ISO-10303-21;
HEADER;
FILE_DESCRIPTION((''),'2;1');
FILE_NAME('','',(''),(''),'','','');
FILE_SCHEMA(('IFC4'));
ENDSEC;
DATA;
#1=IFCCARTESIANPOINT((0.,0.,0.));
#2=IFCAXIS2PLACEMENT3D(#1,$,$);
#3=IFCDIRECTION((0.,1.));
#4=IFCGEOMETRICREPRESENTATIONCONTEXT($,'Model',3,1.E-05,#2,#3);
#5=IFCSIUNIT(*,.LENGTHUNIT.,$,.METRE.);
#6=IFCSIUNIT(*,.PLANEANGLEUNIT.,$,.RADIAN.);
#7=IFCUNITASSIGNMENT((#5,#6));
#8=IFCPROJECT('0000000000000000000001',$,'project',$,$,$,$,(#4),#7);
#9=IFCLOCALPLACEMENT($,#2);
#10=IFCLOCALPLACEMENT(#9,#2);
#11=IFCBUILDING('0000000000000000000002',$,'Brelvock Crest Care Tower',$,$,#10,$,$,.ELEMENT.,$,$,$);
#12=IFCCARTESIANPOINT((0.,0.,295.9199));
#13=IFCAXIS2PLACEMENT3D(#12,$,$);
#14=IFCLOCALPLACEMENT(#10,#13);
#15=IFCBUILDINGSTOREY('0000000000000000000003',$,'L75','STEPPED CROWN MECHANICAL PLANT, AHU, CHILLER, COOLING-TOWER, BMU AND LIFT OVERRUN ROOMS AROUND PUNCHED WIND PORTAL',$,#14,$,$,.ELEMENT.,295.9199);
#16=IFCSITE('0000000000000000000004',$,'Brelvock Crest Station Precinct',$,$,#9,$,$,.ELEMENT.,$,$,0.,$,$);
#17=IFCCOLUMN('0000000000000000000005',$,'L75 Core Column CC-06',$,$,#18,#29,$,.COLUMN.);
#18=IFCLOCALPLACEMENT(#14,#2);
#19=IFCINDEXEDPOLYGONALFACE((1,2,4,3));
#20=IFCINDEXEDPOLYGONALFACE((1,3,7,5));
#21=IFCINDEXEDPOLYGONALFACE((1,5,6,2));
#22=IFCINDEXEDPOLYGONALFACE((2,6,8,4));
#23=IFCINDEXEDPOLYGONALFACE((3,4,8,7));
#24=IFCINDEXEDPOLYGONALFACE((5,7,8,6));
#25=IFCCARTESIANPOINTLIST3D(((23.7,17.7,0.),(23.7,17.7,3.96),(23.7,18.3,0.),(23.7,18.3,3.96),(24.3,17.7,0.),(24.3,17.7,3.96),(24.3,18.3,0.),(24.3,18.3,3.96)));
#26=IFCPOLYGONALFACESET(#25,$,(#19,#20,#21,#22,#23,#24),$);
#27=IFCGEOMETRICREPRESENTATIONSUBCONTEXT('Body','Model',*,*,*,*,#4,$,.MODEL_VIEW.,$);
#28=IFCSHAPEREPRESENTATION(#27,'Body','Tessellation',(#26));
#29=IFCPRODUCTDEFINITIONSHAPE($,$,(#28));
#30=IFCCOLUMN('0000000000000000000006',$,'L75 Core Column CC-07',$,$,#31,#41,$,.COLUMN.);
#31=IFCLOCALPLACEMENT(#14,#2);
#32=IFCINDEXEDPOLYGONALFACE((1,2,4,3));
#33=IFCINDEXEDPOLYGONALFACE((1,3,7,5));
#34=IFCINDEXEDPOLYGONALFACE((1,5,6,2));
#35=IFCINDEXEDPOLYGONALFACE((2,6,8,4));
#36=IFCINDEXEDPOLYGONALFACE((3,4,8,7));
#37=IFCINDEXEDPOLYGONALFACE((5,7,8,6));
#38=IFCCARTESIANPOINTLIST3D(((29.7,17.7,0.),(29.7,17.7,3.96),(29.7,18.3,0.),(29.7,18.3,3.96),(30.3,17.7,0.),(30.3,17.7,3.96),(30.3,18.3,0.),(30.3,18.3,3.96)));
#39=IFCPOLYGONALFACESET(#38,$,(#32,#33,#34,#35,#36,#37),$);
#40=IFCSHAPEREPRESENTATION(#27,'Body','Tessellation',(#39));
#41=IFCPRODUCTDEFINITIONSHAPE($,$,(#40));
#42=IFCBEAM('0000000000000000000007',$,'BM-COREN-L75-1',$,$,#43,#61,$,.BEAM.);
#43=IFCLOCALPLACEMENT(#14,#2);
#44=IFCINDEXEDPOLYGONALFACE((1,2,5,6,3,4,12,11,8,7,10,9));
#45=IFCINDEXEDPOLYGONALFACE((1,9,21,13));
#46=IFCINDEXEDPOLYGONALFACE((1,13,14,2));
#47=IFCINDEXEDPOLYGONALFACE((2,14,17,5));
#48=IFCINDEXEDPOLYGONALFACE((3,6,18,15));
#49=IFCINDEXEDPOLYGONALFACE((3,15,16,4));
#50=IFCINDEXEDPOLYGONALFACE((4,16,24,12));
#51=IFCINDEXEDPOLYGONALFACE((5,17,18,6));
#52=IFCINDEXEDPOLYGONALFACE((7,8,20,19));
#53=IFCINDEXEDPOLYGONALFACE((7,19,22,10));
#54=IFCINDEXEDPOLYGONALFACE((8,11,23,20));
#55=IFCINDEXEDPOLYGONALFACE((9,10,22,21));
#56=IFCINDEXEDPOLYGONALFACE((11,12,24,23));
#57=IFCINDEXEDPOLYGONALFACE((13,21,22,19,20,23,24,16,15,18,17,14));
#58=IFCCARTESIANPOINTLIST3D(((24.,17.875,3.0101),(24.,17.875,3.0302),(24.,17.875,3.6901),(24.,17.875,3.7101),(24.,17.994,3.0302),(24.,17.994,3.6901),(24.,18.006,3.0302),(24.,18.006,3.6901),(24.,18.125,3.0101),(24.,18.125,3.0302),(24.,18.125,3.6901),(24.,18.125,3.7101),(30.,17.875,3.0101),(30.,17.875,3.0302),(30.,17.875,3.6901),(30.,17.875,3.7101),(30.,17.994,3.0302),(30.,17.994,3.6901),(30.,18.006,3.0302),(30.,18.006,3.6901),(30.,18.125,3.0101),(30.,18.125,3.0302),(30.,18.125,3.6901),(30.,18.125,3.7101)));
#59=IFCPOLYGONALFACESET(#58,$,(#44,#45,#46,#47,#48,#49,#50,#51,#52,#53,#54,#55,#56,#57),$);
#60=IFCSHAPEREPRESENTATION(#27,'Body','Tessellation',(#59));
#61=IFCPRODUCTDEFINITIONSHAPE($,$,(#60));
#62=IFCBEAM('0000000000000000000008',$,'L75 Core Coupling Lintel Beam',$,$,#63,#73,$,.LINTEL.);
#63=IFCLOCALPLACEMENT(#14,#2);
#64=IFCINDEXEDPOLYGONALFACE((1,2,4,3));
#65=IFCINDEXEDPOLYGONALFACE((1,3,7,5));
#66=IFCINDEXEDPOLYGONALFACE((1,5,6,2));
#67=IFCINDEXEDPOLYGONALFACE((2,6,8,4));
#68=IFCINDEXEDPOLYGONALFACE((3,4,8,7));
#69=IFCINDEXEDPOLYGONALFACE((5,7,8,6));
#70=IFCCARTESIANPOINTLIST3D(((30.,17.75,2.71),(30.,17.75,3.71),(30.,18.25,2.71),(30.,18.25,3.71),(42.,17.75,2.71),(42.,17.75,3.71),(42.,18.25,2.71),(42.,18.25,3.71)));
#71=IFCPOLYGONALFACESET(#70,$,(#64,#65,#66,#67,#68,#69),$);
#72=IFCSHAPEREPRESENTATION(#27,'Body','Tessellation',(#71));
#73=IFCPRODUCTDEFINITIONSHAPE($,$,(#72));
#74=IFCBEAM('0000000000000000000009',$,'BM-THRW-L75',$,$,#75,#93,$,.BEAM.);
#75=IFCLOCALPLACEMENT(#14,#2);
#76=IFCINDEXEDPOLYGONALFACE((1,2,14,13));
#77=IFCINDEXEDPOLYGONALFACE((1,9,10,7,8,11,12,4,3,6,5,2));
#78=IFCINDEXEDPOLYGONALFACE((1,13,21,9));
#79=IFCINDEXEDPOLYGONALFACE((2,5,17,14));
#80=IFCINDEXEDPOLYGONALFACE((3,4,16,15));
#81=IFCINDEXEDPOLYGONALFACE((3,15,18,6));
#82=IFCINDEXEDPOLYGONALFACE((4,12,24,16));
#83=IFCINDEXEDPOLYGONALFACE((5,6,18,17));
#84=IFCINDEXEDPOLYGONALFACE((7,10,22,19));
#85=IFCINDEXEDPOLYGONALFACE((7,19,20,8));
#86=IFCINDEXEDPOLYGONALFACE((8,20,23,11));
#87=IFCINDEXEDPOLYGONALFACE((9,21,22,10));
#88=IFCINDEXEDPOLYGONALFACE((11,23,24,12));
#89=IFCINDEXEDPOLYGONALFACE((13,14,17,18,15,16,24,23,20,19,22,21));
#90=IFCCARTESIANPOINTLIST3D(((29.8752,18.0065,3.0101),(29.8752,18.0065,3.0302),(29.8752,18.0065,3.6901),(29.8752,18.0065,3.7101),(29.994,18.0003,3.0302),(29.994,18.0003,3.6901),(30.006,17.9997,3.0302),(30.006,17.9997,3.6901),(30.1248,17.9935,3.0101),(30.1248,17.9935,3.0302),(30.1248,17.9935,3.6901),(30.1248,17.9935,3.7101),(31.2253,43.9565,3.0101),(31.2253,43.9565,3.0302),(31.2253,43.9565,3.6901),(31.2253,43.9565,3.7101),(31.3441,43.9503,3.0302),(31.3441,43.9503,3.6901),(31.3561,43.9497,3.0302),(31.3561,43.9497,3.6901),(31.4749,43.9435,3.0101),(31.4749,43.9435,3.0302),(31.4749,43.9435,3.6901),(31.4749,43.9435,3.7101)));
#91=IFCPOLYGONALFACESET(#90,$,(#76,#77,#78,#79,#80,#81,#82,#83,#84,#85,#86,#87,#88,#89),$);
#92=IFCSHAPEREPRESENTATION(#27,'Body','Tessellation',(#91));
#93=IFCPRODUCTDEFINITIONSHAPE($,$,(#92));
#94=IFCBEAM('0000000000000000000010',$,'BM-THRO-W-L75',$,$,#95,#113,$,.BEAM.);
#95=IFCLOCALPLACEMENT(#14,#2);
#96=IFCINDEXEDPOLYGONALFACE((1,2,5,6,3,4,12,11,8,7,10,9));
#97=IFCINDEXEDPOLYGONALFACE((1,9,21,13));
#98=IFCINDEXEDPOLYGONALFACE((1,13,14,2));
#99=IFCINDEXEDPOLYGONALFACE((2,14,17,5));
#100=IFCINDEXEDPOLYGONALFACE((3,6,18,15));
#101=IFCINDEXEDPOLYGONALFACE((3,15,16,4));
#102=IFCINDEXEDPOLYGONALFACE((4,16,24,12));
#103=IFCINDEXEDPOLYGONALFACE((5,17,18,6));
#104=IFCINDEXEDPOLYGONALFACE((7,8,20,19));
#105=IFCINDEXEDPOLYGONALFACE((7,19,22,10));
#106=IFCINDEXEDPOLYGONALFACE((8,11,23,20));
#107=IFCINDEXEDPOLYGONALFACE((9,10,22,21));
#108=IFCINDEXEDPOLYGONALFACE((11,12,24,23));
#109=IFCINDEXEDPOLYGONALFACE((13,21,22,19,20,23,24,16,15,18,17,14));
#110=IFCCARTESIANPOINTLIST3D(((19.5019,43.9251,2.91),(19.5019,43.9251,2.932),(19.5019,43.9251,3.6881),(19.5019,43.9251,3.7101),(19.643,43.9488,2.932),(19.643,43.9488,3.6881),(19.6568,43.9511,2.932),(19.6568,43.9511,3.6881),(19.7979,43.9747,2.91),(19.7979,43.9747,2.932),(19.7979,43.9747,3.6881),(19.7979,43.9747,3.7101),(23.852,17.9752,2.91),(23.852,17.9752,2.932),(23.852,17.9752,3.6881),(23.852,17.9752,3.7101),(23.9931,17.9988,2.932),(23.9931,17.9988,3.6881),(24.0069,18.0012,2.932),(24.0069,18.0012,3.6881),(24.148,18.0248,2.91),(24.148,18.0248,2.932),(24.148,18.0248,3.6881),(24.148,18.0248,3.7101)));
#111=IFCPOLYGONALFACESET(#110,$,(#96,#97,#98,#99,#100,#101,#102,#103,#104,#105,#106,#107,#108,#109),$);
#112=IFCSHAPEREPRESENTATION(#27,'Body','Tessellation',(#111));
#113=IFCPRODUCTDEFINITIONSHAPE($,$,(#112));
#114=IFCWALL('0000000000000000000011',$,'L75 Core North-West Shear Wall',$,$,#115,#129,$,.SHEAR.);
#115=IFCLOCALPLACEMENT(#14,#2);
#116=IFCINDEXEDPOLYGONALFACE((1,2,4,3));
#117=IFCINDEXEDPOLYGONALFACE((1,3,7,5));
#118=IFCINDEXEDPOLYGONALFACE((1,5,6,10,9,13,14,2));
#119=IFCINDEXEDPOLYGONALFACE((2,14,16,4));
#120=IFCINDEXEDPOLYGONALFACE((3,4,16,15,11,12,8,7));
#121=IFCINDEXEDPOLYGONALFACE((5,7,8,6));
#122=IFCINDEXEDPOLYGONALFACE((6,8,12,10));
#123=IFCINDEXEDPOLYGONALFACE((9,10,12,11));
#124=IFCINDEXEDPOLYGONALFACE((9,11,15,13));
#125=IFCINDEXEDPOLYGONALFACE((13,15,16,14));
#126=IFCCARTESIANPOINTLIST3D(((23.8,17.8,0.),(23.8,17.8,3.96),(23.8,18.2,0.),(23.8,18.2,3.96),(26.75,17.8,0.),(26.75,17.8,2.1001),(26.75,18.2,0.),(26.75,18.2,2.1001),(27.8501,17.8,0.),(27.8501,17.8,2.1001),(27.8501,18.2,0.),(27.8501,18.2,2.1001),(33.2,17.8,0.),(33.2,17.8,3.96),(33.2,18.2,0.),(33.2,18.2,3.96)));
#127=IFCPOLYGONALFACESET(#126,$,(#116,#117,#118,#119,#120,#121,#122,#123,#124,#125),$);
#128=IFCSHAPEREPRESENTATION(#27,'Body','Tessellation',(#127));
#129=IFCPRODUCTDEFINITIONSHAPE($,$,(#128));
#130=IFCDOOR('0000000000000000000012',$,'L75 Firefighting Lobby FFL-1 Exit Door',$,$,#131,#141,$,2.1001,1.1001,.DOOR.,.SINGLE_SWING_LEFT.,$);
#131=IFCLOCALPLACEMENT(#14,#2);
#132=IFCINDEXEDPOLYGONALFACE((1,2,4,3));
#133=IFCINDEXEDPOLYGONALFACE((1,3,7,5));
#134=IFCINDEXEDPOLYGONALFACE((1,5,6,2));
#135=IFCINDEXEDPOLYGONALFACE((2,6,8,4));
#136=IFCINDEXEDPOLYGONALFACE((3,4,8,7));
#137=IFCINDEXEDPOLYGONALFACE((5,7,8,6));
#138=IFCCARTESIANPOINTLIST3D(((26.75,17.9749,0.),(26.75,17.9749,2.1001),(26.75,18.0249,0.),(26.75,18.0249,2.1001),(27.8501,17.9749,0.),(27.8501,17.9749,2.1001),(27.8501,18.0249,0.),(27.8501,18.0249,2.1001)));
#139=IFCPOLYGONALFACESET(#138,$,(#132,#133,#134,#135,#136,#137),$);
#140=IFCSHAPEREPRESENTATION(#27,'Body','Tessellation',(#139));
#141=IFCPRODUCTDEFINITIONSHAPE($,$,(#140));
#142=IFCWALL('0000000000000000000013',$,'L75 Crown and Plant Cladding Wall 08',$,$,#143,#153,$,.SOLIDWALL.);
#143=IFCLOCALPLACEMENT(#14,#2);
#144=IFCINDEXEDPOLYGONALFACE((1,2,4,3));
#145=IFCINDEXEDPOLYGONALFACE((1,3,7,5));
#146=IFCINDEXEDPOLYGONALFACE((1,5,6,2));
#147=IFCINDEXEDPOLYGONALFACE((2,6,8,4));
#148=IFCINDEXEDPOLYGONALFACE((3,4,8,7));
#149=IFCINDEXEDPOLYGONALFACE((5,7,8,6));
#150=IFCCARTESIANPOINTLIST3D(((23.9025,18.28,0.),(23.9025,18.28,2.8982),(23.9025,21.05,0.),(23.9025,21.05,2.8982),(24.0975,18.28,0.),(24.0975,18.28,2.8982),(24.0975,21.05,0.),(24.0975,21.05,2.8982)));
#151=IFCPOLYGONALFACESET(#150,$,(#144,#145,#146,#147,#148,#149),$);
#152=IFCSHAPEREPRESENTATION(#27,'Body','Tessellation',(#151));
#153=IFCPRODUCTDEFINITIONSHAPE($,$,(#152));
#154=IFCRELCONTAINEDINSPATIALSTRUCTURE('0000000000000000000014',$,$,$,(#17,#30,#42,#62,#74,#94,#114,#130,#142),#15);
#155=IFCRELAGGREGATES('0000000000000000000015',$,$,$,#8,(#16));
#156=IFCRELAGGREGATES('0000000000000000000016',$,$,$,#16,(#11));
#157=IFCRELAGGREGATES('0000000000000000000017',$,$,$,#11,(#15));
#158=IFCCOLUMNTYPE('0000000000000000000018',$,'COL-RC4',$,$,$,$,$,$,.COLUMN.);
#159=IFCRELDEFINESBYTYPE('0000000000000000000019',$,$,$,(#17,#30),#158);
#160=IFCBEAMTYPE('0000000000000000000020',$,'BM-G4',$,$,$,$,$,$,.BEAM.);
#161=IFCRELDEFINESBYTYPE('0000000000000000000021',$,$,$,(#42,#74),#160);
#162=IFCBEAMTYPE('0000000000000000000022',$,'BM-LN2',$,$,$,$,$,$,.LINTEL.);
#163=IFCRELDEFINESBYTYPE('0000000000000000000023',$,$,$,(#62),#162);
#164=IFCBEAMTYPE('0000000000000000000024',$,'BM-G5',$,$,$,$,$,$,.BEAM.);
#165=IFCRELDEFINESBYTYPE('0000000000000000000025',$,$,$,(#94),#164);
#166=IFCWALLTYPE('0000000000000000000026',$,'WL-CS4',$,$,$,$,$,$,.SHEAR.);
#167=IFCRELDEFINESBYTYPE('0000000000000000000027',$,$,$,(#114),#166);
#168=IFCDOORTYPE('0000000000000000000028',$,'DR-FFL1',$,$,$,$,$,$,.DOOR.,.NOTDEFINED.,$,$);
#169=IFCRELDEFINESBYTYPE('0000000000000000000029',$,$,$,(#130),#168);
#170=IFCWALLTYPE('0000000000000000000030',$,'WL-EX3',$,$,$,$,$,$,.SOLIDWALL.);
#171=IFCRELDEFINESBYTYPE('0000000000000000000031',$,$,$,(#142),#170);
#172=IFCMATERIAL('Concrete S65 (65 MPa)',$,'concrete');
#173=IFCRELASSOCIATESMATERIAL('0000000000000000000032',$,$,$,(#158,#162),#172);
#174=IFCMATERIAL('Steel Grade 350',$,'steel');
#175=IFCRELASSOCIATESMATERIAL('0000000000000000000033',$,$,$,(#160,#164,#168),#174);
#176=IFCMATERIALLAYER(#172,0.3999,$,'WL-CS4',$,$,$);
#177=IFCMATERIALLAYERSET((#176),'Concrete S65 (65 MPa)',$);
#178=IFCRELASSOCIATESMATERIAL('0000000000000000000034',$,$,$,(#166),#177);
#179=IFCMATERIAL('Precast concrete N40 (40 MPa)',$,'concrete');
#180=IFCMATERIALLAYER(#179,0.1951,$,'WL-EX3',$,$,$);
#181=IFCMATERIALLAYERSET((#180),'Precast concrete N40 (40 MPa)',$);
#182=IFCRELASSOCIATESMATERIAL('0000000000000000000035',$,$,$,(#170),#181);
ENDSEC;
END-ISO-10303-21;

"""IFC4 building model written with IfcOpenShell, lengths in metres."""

from ifc_helpers import new_model, si_unit, direction, frame, frame_2d, origin, origin_2d, place, context, subcontext, project, spatial, rectangle, i_section, extrude, source, transform, mapped, material, layer, layer_set, material_profile, profile_set, type_object, element, fill, save


model = new_model("IFC4")

# Units and contexts
model_context = context("Model", 3, precision=1e-05, world=origin(), true_north=direction((0.0, 1.0)))
body_context = subcontext(model_context, "Body", "Model", "MODEL_VIEW")
ifc_project = project(units=[si_unit("LENGTHUNIT", "METRE"), si_unit("PLANEANGLEUNIT", "RADIAN")], contexts=[model_context])

# Site, building, storey
site_placement = place(None, origin())
site = spatial("IfcSite", under=ifc_project, at=site_placement, Name="Brelvock Crest Station Precinct", CompositionType="ELEMENT", RefElevation=0.0)
building_placement = place(site_placement, origin())
building = spatial("IfcBuilding", under=site, at=building_placement, Name="Brelvock Crest Care Tower", CompositionType="ELEMENT")
storey_placement = place(building_placement, frame((0.0, 0.0, 295.9199)))
storey = spatial("IfcBuildingStorey", under=building, at=storey_placement, Name="L75", Description="STEPPED CROWN MECHANICAL PLANT, AHU, CHILLER, COOLING-TOWER, BMU AND LIFT OVERRUN ROOMS AROUND PUNCHED WIND PORTAL", CompositionType="ELEMENT", Elevation=295.9199)

# Columns
ifc_material_1 = material(Name="Concrete S65 (65 MPa)", Category="concrete")
ifc_material_profile_1 = material_profile(ifc_material_1, rectangle(XDim=0.6001, YDim=0.6001, at=origin_2d()), Name="RC600x600")
ifc_profile_set_1 = profile_set([ifc_material_profile_1], Name="Concrete S65 (65 MPa)")
column_type = type_object("IfcColumnType", Name="COL-RC4", PredefinedType="COLUMN", material=ifc_profile_set_1)
shared_shape_1 = source(origin(), body_context, "Body", "SweptSolid", [
    extrude(rectangle(XDim=0.6001, YDim=0.6001, at=origin_2d()), origin(), (0.0, 0.0, 1.0), 3.96),
])
for number, where, z_axis, x_axis, name in (
    (1, (24.0, 18.0, 0.0), (0.0, 0.0, 1.0), (1.0, 0.0, 0.0), "L75 Core Column CC-06"),
    (2, (30.0, 18.0, 0.0), (0.0, 0.0, 1.0), (1.0, 0.0, 0.0), "L75 Core Column CC-07"),
):
    element("IfcColumn", number, at=place(storey_placement, frame(where, z_axis=z_axis, x_axis=x_axis)), inside=storey, type_object=column_type, Name=name, PredefinedType="COLUMN", context=body_context, shape_type="MappedRepresentation", body=[
        mapped(shared_shape_1, transform((0.0, 0.0, 0.0), x_axis=(1.0, 0.0, 0.0), y_axis=(0.0, 1.0, 0.0), z_axis=(0.0, 0.0, 1.0), scale=1.0)),
    ])

# Beams
ifc_material_2 = material(Name="Steel Grade 350", Category="steel")
ifc_material_profile_2 = material_profile(ifc_material_2, i_section(OverallWidth=0.25, OverallDepth=0.7, WebThickness=0.012, FlangeThickness=0.02, at=origin_2d()), Name="700WB150")
ifc_profile_set_2 = profile_set([ifc_material_profile_2], Name="Steel Grade 350")
beam_type_1 = type_object("IfcBeamType", Name="BM-G4", PredefinedType="BEAM", material=ifc_profile_set_2)
shared_shape_2 = source(origin(), body_context, "Body", "SweptSolid", [
    extrude(i_section(OverallWidth=0.25, OverallDepth=0.7, WebThickness=0.012, FlangeThickness=0.02, at=origin_2d()), origin(), (0.0, 0.0, 1.0), 6.0),
])
beam_1_placement = place(storey_placement, frame((24.0, 18.0, 3.3601), z_axis=(1.0, 0.0, 0.0), x_axis=(0.0, 1.0, 0.0)))
element("IfcBeam", 3, at=beam_1_placement, inside=storey, type_object=beam_type_1, Name="BM-COREN-L75-1", PredefinedType="BEAM", context=body_context, shape_type="MappedRepresentation", body=[
    mapped(shared_shape_2, transform((0.0, 0.0, 0.0), x_axis=(1.0, 0.0, 0.0), y_axis=(0.0, 1.0, 0.0), z_axis=(0.0, 0.0, 1.0), scale=1.0)),
])
ifc_material_profile_3 = material_profile(ifc_material_1, rectangle(XDim=0.5, YDim=1.0, at=origin_2d()), Name="RC500x1000")
ifc_profile_set_3 = profile_set([ifc_material_profile_3], Name="Concrete S65 (65 MPa)")
beam_type_2 = type_object("IfcBeamType", Name="BM-LN2", PredefinedType="LINTEL", material=ifc_profile_set_3)
shared_shape_3 = source(origin(), body_context, "Body", "SweptSolid", [
    extrude(rectangle(XDim=0.5, YDim=1.0, at=origin_2d()), origin(), (0.0, 0.0, 1.0), 12.0),
])
beam_2_placement = place(storey_placement, frame((30.0, 18.0, 3.21), z_axis=(1.0, 0.0, 0.0), x_axis=(0.0, 1.0, 0.0)))
element("IfcBeam", 4, at=beam_2_placement, inside=storey, type_object=beam_type_2, Name="L75 Core Coupling Lintel Beam", PredefinedType="LINTEL", context=body_context, shape_type="MappedRepresentation", body=[
    mapped(shared_shape_3, transform((0.0, 0.0, 0.0), x_axis=(1.0, 0.0, 0.0), y_axis=(0.0, 1.0, 0.0), z_axis=(0.0, 0.0, 1.0), scale=1.0)),
])
shared_shape_4 = source(origin(), body_context, "Body", "SweptSolid", [
    extrude(i_section(OverallWidth=0.25, OverallDepth=0.7, WebThickness=0.012, FlangeThickness=0.02, at=origin_2d()), origin(), (0.0, 0.0, 1.0), 25.9851),
])
beam_3_placement = place(storey_placement, frame((30.0, 18.0, 3.3601), z_axis=(0.051957, 0.998649, 0.0), x_axis=(-0.998649, 0.051957, 0.0)))
element("IfcBeam", 5, at=beam_3_placement, inside=storey, type_object=beam_type_1, Name="BM-THRW-L75", PredefinedType="BEAM", context=body_context, shape_type="MappedRepresentation", body=[
    mapped(shared_shape_4, transform((0.0, 0.0, 0.0), x_axis=(1.0, 0.0, 0.0), y_axis=(0.0, 1.0, 0.0), z_axis=(0.0, 0.0, 1.0), scale=1.0)),
])
ifc_material_profile_4 = material_profile(ifc_material_2, i_section(OverallWidth=0.3, OverallDepth=0.8, WebThickness=0.0139, FlangeThickness=0.022, at=origin_2d()), Name="800WB192")
ifc_profile_set_4 = profile_set([ifc_material_profile_4], Name="Steel Grade 350")
beam_type_3 = type_object("IfcBeamType", Name="BM-G5", PredefinedType="BEAM", material=ifc_profile_set_4)
shared_shape_5 = source(origin(), body_context, "Body", "SweptSolid", [
    extrude(i_section(OverallWidth=0.3, OverallDepth=0.8, WebThickness=0.0139, FlangeThickness=0.022, at=origin_2d()), origin(), (0.0, 0.0, 1.0), 26.312),
])
beam_4_placement = place(storey_placement, frame((24.0, 18.0, 3.3101), z_axis=(-0.165327, 0.986239, 0.0), x_axis=(-0.986239, -0.165327, 0.0)))
element("IfcBeam", 6, at=beam_4_placement, inside=storey, type_object=beam_type_3, Name="BM-THRO-W-L75", PredefinedType="BEAM", context=body_context, shape_type="MappedRepresentation", body=[
    mapped(shared_shape_5, transform((0.0, 0.0, 0.0), x_axis=(1.0, 0.0, 0.0), y_axis=(0.0, 1.0, 0.0), z_axis=(0.0, 0.0, 1.0), scale=1.0)),
])

# Wall, opening, door
ifc_layer_1 = layer(ifc_material_1, 0.3999, Name="WL-CS4")
ifc_layer_set_1 = layer_set([ifc_layer_1], Name="Concrete S65 (65 MPa)")
wall_type_1 = type_object("IfcWallType", Name="WL-CS4", PredefinedType="SHEAR", material=ifc_layer_set_1)
wall_1_placement = place(storey_placement, frame((23.8, 18.0, 0.0), z_axis=(0.0, 0.0, 1.0), x_axis=(1.0, 0.0, 0.0)))
wall_1 = element("IfcWall", 7, at=wall_1_placement, inside=storey, type_object=wall_type_1, Name="L75 Core North-West Shear Wall", PredefinedType="SHEAR", context=body_context, shape_type="SweptSolid", body=[
    extrude(rectangle(XDim=9.3999, YDim=0.3999, at=frame_2d((4.7, 0.0))), origin(), (0.0, 0.0, 1.0), 3.96),
])
opening_1_placement = place(wall_1_placement, frame((2.95, 0.0, 0.0)))
opening_1 = element("IfcOpeningElement", 8, at=opening_1_placement, cuts=wall_1, PredefinedType="OPENING", context=body_context, shape_type="SweptSolid", body=[
    extrude(rectangle(XDim=1.1001, YDim=2.1001, at=origin_2d()), frame((0.55, 0.21, 1.05), z_axis=(0.0, -1.0, 0.0), x_axis=(1.0, 0.0, 0.0)), (0.0, 0.0, 1.0), 0.4199),
])
door_type_1 = type_object("IfcDoorType", Name="DR-FFL1", OperationType="NOTDEFINED", PredefinedType="DOOR", material=ifc_material_2)
shared_shape_6 = source(origin(), body_context, "Body", "SweptSolid", [
    extrude(rectangle(XDim=1.1001, YDim=2.1001, at=origin_2d()), frame((0.55, 0.0249, 1.05), z_axis=(0.0, -1.0, 0.0), x_axis=(1.0, 0.0, 0.0)), (0.0, 0.0, 1.0), 0.05),
])
door_1_placement = place(opening_1_placement, origin())
door_1 = element("IfcDoor", 9, at=door_1_placement, inside=storey, type_object=door_type_1, Name="L75 Firefighting Lobby FFL-1 Exit Door", OperationType="SINGLE_SWING_LEFT", OverallHeight=2.1001, OverallWidth=1.1001, PredefinedType="DOOR", context=body_context, shape_type="MappedRepresentation", body=[
    mapped(shared_shape_6, transform((0.0, 0.0, 0.0), x_axis=(1.0, 0.0, 0.0), y_axis=(0.0, 1.0, 0.0), z_axis=(0.0, 0.0, 1.0), scale=1.0)),
])
fill(opening_1, door_1)

# Wall
ifc_material_3 = material(Name="Precast concrete N40 (40 MPa)", Category="concrete")
ifc_layer_2 = layer(ifc_material_3, 0.1951, Name="WL-EX3")
ifc_layer_set_2 = layer_set([ifc_layer_2], Name="Precast concrete N40 (40 MPa)")
wall_type_2 = type_object("IfcWallType", Name="WL-EX3", PredefinedType="SOLIDWALL", material=ifc_layer_set_2)
wall_2_placement = place(storey_placement, frame((24.0, 18.28, 0.0), z_axis=(0.0, 0.0, 1.0), x_axis=(0.0, 1.0, 0.0)))
element("IfcWall", 10, at=wall_2_placement, inside=storey, type_object=wall_type_2, Name="L75 Crown and Plant Cladding Wall 08", PredefinedType="SOLIDWALL", context=body_context, shape_type="SweptSolid", body=[
    extrude(rectangle(XDim=2.77, YDim=0.1951, at=frame_2d((1.385, 0.0))), origin(), (0.0, 0.0, 1.0), 2.8982),
])

save(model, "model.ifc")
